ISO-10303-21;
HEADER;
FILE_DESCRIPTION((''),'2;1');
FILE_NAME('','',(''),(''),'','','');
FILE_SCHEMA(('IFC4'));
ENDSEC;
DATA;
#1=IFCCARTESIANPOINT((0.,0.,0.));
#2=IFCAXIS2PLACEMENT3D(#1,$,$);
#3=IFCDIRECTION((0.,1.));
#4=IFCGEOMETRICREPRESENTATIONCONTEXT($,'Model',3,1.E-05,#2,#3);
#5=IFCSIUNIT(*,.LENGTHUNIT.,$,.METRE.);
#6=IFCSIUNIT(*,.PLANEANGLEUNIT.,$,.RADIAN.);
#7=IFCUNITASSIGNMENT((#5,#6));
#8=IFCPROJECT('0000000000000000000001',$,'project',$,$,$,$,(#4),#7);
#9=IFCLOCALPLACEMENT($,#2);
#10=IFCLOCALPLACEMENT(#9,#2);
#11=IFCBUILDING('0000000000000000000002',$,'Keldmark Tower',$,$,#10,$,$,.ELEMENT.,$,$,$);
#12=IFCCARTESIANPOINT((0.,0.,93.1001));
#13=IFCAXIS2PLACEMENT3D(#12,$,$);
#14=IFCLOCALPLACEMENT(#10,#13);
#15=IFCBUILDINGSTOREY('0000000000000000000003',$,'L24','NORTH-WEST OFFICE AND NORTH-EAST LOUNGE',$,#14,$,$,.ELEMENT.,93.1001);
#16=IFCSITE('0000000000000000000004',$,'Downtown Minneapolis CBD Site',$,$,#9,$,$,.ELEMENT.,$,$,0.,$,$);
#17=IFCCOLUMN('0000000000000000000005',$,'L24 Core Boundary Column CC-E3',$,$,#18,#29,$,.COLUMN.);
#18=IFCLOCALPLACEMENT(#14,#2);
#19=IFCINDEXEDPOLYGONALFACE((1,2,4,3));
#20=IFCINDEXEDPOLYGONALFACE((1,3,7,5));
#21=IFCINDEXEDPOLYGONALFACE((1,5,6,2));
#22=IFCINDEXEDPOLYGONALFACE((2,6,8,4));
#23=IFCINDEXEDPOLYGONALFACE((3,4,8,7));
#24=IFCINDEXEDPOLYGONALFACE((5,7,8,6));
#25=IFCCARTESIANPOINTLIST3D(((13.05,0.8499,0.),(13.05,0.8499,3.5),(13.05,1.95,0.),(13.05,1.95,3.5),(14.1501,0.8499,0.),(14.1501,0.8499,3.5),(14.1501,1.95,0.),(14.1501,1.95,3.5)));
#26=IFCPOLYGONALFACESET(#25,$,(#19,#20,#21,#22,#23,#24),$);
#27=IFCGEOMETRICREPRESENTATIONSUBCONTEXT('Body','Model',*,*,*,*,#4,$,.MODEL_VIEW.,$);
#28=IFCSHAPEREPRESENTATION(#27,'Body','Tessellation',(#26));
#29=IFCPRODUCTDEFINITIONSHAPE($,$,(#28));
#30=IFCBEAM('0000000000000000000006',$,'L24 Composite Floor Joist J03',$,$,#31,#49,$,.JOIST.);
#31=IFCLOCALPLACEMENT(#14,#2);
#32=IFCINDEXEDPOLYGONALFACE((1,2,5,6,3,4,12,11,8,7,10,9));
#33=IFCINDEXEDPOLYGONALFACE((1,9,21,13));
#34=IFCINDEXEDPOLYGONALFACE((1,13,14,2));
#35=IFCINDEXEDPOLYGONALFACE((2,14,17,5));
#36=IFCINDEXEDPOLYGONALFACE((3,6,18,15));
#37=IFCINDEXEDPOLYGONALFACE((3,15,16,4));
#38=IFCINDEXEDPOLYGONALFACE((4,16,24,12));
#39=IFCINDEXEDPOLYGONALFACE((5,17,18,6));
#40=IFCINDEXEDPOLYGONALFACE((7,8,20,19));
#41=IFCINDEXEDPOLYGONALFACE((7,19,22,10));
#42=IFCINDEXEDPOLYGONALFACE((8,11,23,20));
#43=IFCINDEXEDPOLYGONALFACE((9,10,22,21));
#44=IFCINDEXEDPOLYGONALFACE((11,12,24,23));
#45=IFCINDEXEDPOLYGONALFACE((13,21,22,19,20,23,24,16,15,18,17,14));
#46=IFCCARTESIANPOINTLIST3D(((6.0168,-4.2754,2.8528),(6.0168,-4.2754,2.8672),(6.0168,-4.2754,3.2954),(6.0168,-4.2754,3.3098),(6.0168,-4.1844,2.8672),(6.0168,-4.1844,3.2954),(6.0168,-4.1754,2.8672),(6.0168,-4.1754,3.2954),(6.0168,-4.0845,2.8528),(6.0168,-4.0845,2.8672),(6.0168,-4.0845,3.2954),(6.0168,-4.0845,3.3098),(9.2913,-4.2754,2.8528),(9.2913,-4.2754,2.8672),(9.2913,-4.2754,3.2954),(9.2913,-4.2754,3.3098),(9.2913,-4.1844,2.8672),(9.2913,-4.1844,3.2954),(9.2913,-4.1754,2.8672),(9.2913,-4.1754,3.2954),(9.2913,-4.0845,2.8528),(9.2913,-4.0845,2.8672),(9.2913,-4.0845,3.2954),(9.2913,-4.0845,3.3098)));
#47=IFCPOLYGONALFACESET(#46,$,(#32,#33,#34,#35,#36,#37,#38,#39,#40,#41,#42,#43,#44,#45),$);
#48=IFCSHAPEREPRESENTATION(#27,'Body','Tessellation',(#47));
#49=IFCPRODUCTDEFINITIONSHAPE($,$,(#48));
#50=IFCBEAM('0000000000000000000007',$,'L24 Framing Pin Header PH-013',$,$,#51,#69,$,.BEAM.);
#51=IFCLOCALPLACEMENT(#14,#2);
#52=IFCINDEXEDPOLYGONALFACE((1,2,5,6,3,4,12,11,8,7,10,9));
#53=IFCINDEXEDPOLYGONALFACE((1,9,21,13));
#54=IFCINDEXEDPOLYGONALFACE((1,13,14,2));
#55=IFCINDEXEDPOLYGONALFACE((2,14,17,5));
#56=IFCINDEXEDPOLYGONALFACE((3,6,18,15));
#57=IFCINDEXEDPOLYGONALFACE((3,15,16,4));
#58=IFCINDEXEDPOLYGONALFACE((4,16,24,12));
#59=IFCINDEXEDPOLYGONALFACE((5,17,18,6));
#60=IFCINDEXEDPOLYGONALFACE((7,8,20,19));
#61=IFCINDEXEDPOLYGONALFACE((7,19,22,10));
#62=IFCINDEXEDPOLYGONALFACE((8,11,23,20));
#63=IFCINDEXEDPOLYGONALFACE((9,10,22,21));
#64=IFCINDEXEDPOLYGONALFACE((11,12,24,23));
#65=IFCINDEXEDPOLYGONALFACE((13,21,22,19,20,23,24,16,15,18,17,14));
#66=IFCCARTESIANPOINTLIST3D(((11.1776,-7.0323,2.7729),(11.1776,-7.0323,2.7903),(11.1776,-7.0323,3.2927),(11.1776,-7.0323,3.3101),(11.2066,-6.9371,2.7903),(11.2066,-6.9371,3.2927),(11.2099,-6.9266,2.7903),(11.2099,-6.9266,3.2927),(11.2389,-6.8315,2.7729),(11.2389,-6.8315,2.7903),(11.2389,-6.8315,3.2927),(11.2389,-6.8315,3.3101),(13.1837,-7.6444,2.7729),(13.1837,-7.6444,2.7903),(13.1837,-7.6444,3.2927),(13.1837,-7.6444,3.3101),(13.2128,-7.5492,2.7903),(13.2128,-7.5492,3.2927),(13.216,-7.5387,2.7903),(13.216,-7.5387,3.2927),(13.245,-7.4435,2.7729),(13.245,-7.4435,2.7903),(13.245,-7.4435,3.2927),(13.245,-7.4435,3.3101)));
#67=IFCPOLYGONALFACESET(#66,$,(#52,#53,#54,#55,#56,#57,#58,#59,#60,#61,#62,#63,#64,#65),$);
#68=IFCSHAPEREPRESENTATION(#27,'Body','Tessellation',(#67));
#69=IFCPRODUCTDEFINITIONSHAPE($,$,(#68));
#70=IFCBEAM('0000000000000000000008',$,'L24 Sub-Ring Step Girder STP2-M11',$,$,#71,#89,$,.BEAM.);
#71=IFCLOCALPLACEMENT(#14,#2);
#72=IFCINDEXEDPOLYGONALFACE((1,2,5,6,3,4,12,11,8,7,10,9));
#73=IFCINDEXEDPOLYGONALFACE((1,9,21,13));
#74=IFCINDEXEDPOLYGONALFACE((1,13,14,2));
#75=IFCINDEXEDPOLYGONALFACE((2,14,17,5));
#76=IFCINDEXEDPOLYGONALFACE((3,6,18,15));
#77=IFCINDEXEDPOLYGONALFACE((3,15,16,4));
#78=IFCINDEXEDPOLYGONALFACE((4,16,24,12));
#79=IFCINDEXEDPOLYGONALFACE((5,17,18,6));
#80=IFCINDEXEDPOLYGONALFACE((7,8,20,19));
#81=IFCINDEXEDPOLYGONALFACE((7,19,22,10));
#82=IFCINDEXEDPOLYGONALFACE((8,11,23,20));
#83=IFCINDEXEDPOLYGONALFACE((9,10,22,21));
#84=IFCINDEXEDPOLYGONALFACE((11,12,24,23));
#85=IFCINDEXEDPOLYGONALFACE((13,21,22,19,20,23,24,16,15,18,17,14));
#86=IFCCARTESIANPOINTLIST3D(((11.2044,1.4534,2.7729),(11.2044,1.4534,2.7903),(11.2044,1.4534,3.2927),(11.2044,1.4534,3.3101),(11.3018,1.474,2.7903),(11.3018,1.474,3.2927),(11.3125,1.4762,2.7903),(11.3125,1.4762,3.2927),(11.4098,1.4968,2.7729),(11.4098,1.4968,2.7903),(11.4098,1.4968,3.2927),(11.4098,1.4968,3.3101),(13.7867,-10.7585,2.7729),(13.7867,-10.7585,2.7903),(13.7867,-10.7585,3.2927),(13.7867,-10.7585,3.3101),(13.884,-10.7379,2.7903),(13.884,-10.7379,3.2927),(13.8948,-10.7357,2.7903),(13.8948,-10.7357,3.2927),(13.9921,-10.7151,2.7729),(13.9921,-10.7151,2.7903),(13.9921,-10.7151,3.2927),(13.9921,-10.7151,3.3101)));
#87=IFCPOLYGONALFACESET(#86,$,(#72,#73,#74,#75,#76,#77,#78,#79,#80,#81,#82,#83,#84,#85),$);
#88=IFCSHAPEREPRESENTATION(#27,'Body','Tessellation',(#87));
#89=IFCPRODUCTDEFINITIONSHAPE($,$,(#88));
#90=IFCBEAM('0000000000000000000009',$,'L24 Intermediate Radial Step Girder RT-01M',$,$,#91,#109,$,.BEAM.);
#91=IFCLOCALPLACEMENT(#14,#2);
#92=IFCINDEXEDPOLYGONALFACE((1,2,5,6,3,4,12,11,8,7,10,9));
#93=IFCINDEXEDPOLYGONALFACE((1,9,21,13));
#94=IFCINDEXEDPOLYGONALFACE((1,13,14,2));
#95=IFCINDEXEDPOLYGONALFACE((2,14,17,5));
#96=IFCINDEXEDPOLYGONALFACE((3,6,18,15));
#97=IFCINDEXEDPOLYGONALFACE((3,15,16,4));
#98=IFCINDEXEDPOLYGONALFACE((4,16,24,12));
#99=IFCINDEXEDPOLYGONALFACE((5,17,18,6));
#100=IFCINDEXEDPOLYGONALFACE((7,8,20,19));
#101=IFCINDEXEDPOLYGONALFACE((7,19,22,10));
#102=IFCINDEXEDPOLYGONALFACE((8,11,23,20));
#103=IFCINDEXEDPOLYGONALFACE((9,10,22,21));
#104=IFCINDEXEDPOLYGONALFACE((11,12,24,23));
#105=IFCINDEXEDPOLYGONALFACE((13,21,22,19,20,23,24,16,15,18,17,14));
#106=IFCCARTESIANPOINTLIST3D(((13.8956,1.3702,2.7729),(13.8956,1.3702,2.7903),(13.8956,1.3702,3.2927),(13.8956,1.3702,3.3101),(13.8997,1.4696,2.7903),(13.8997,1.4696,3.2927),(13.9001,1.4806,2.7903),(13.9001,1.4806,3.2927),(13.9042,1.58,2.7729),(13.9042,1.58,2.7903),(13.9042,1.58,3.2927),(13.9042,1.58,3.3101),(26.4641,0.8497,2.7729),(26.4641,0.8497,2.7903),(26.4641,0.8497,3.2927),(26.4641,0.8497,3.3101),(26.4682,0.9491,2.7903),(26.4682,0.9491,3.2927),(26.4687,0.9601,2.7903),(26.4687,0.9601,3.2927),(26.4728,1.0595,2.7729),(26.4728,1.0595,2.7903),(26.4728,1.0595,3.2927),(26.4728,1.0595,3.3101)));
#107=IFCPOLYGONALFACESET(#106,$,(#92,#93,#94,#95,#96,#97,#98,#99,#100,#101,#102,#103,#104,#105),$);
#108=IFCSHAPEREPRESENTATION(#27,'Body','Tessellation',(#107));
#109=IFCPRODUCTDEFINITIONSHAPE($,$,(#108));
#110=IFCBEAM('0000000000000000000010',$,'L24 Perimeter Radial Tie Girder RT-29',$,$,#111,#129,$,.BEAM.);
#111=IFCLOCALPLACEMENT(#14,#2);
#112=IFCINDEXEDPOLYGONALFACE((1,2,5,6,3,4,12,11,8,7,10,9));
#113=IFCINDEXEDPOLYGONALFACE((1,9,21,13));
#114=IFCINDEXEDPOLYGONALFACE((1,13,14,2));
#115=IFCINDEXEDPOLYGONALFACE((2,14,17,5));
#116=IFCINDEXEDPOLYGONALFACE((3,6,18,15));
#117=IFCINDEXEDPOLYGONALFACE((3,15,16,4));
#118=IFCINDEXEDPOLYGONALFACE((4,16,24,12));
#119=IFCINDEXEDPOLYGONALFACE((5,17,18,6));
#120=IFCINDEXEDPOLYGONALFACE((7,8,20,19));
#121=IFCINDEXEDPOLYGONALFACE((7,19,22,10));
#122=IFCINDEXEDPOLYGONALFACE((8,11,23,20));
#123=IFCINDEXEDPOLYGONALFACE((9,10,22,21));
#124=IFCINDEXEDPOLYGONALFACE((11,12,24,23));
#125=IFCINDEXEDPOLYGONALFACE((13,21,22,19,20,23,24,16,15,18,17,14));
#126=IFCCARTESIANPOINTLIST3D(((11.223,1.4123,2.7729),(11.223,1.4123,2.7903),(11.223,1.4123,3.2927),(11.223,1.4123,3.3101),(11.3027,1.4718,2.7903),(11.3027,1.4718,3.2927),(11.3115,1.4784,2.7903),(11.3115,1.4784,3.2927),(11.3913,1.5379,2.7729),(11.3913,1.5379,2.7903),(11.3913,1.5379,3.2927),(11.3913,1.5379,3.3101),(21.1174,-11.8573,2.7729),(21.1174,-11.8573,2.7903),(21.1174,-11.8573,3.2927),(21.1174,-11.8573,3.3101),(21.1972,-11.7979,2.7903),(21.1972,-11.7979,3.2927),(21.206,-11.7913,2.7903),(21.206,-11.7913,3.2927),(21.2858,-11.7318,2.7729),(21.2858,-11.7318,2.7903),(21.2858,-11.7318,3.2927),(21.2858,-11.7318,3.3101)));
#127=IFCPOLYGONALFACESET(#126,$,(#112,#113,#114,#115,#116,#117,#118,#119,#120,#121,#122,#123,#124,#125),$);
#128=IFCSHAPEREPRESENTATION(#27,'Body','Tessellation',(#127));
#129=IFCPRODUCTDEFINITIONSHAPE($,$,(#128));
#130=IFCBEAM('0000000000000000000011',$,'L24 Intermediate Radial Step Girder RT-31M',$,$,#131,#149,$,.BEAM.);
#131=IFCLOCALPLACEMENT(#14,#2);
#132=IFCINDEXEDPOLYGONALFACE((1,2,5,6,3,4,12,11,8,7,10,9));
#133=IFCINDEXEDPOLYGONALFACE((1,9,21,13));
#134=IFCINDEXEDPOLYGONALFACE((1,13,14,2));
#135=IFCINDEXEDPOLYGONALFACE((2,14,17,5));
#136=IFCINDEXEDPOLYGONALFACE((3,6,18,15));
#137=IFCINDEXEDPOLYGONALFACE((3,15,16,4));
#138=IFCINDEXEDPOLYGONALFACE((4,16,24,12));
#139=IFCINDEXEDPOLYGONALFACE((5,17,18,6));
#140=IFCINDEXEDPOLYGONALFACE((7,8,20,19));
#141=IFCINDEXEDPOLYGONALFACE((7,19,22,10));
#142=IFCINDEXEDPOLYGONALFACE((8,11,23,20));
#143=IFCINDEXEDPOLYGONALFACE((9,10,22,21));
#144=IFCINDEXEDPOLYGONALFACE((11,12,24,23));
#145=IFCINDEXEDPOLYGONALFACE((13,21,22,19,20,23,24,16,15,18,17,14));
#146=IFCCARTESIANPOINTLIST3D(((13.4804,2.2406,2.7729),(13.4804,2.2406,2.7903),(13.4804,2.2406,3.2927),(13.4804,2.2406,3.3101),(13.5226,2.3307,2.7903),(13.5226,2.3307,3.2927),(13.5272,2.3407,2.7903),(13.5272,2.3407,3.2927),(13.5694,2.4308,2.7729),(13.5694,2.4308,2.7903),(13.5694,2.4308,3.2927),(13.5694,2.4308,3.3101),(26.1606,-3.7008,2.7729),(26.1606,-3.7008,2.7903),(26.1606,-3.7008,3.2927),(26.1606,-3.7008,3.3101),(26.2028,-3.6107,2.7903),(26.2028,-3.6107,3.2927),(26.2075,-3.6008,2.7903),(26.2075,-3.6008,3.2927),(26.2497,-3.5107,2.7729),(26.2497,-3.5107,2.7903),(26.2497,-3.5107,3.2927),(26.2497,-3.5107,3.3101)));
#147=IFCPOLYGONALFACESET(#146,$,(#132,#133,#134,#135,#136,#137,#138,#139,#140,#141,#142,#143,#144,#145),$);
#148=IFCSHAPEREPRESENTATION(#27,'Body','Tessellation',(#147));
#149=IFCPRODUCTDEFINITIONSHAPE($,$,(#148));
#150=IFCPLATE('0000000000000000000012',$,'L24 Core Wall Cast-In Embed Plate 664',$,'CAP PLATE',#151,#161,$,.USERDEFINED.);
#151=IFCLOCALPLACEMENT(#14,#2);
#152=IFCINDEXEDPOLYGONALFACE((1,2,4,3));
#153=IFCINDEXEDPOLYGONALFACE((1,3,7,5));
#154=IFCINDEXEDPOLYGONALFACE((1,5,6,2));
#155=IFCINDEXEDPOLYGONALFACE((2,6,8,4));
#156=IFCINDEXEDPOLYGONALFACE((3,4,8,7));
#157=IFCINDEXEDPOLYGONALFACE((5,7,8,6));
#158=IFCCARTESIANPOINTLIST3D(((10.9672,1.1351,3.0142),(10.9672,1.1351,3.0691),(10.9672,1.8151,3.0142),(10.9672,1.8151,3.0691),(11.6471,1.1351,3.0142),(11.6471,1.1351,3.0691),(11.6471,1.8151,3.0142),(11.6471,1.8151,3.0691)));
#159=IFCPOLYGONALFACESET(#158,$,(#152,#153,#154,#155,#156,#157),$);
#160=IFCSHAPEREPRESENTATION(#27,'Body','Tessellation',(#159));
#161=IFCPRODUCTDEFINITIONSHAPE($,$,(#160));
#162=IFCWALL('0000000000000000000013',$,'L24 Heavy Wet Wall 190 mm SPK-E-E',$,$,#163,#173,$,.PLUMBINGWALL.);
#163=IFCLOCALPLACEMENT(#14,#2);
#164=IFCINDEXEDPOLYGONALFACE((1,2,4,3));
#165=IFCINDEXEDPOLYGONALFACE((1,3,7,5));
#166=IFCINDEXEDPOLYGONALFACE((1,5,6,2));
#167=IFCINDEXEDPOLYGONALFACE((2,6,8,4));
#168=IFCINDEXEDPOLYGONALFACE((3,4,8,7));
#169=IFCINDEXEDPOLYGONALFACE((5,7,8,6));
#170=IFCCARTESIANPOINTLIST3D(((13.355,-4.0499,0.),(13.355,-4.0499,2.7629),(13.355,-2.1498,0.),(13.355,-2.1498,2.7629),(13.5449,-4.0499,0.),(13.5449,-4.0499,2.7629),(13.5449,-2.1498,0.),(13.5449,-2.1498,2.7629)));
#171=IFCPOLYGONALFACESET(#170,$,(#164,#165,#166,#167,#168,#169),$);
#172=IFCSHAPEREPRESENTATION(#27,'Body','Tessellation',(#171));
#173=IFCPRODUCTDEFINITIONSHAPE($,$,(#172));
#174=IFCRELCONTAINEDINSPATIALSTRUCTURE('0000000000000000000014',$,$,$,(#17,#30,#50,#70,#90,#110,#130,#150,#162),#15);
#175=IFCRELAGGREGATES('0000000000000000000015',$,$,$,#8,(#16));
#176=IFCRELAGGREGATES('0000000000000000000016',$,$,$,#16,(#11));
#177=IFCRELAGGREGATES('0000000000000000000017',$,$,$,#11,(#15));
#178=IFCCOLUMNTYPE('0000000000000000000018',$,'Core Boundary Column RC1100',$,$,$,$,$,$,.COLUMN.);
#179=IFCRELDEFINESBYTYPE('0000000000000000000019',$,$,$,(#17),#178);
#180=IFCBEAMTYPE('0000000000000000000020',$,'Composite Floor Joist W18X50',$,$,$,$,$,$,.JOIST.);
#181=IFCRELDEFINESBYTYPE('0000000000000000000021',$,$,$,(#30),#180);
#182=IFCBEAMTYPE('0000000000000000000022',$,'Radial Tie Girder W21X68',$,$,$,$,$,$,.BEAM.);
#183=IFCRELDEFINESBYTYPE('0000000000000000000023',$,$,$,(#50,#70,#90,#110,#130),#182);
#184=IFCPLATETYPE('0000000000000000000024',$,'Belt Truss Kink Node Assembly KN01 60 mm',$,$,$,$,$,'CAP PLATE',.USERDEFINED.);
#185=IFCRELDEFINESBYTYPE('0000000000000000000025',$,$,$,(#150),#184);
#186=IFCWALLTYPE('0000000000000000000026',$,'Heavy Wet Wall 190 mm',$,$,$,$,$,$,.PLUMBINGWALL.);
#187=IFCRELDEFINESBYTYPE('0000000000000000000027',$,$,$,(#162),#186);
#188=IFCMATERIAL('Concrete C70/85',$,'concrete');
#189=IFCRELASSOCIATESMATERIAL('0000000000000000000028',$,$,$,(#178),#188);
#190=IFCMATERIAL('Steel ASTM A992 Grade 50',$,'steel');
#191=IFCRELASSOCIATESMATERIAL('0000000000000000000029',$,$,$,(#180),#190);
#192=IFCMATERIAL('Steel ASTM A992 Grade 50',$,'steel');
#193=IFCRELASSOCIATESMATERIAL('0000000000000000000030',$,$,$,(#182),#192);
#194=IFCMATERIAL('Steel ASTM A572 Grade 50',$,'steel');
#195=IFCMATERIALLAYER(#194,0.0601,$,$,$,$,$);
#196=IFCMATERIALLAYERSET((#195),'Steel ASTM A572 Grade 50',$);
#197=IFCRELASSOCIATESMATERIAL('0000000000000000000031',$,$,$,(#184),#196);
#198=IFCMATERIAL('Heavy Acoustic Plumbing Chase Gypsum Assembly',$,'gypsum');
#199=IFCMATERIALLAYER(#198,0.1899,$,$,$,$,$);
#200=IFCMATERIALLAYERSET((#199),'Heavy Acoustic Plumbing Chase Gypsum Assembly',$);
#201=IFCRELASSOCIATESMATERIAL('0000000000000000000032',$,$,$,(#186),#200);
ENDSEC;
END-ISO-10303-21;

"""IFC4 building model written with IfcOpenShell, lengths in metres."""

from ifc_helpers import new_model, si_unit, direction, frame, frame_2d, origin, origin_2d, place, context, subcontext, project, spatial, rectangle, i_section, extrude, material, layer, layer_set, material_profile, profile_set, type_object, element, save


model = new_model("IFC4")

# Units and contexts
model_context = context("Model", 3, precision=1e-05, world=origin(), true_north=direction((0.0, 1.0)))
body_context = subcontext(model_context, "Body", "Model", "MODEL_VIEW")
ifc_project = project(units=[si_unit("LENGTHUNIT", "METRE"), si_unit("PLANEANGLEUNIT", "RADIAN")], contexts=[model_context])

# Site, building, storey
site_placement = place(None, origin())
site = spatial("IfcSite", under=ifc_project, at=site_placement, Name="Downtown Minneapolis CBD Site", CompositionType="ELEMENT", RefElevation=0.0)
building_placement = place(site_placement, origin())
building = spatial("IfcBuilding", under=site, at=building_placement, Name="Keldmark Tower", CompositionType="ELEMENT")
storey_placement = place(building_placement, frame((0.0, 0.0, 93.1001)))
storey = spatial("IfcBuildingStorey", under=building, at=storey_placement, Name="L24", Description="NORTH-WEST OFFICE AND NORTH-EAST LOUNGE", CompositionType="ELEMENT", Elevation=93.1001)

# Column
ifc_material_1 = material(Name="Concrete C70/85", Category="concrete")
ifc_material_profile_1 = material_profile(ifc_material_1, rectangle(XDim=1.1001, YDim=1.1001, at=origin_2d()), Name="RC1100X1100")
ifc_profile_set_1 = profile_set([ifc_material_profile_1], Name="Concrete C70/85")
column_type = type_object("IfcColumnType", Name="Core Boundary Column RC1100", PredefinedType="COLUMN", material=ifc_profile_set_1)
column_placement = place(storey_placement, frame((13.6001, 1.3999, 0.0), z_axis=(0.0, 0.0, 1.0), x_axis=(1.0, 0.0, 0.0)))
element("IfcColumn", 1, at=column_placement, inside=storey, type_object=column_type, Name="L24 Core Boundary Column CC-E3", PredefinedType="COLUMN", context=body_context, shape_type="SweptSolid", body=[
    extrude(rectangle(XDim=1.1001, YDim=1.1001, at=origin_2d()), origin(), (0.0, 0.0, 1.0), 3.5),
])

# Beams
ifc_material_2 = material(Name="Steel ASTM A992 Grade 50", Category="steel")
ifc_material_profile_2 = material_profile(ifc_material_2, i_section(OverallWidth=0.1909, OverallDepth=0.457, WebThickness=0.009, FlangeThickness=0.0144, at=origin_2d()), Name="W18X50")
ifc_profile_set_2 = profile_set([ifc_material_profile_2], Name="Steel ASTM A992 Grade 50")
beam_type_1 = type_object("IfcBeamType", Name="Composite Floor Joist W18X50", PredefinedType="JOIST", material=ifc_profile_set_2)
beam_1_placement = place(storey_placement, frame((6.0168, -4.1799, 3.0813), z_axis=(1.0, 0.0, 0.0), x_axis=(0.0, 1.0, 0.0)))
element("IfcBeam", 2, at=beam_1_placement, inside=storey, type_object=beam_type_1, Name="L24 Composite Floor Joist J03", PredefinedType="JOIST", context=body_context, shape_type="SweptSolid", body=[
    extrude(i_section(OverallWidth=0.1909, OverallDepth=0.457, WebThickness=0.009, FlangeThickness=0.0144, at=origin_2d()), origin(), (0.0, 0.0, 1.0), 3.2744),
])
ifc_material_3 = material(Name="Steel ASTM A992 Grade 50", Category="steel")
ifc_material_profile_3 = material_profile(ifc_material_3, i_section(OverallWidth=0.21, OverallDepth=0.5371, WebThickness=0.011, FlangeThickness=0.0173, at=origin_2d()), Name="W21X68")
ifc_profile_set_3 = profile_set([ifc_material_profile_3], Name="Steel ASTM A992 Grade 50")
beam_type_2 = type_object("IfcBeamType", Name="Radial Tie Girder W21X68", PredefinedType="BEAM", material=ifc_profile_set_3)
beam_2_placement = place(storey_placement, frame((11.2083, -6.9319, 3.0415), z_axis=(0.956473, -0.291819, 0.0), x_axis=(0.291819, 0.956473, 0.0)))
element("IfcBeam", 3, at=beam_2_placement, inside=storey, type_object=beam_type_2, Name="L24 Framing Pin Header PH-013", PredefinedType="BEAM", context=body_context, shape_type="SweptSolid", body=[
    extrude(i_section(OverallWidth=0.21, OverallDepth=0.5371, WebThickness=0.011, FlangeThickness=0.0173, at=origin_2d()), origin(), (0.0, 0.0, 1.0), 2.0974),
])
beam_3_placement = place(storey_placement, frame((11.3071, 1.4751, 3.0415), z_axis=(0.206881, -0.978366, 0.0), x_axis=(0.978366, 0.206881, 0.0)))
element("IfcBeam", 4, at=beam_3_placement, inside=storey, type_object=beam_type_2, Name="L24 Sub-Ring Step Girder STP2-M11", PredefinedType="BEAM", context=body_context, shape_type="SweptSolid", body=[
    extrude(i_section(OverallWidth=0.21, OverallDepth=0.5371, WebThickness=0.011, FlangeThickness=0.0173, at=origin_2d()), origin(), (0.0, 0.0, 1.0), 12.4819),
])
beam_4_placement = place(storey_placement, frame((13.8999, 1.4751, 3.0415), z_axis=(0.999144, -0.041378, 0.0), x_axis=(0.041378, 0.999144, 0.0)))
element("IfcBeam", 5, at=beam_4_placement, inside=storey, type_object=beam_type_2, Name="L24 Intermediate Radial Step Girder RT-01M", PredefinedType="BEAM", context=body_context, shape_type="SweptSolid", body=[
    extrude(i_section(OverallWidth=0.21, OverallDepth=0.5371, WebThickness=0.011, FlangeThickness=0.0173, at=origin_2d()), origin(), (0.0, 0.0, 1.0), 12.5793),
])
beam_5_placement = place(storey_placement, frame((11.3071, 1.4751, 3.0415), z_axis=(0.597763, -0.801673, 0.0), x_axis=(0.801673, 0.597763, 0.0)))
element("IfcBeam", 6, at=beam_5_placement, inside=storey, type_object=beam_type_2, Name="L24 Perimeter Radial Tie Girder RT-29", PredefinedType="BEAM", context=body_context, shape_type="SweptSolid", body=[
    extrude(i_section(OverallWidth=0.21, OverallDepth=0.5371, WebThickness=0.011, FlangeThickness=0.0173, at=origin_2d()), origin(), (0.0, 0.0, 1.0), 16.5525),
])
beam_6_placement = place(storey_placement, frame((13.5249, 2.3357, 3.0415), z_axis=(0.905526, -0.424292, 0.0), x_axis=(0.424292, 0.905526, 0.0)))
element("IfcBeam", 7, at=beam_6_placement, inside=storey, type_object=beam_type_2, Name="L24 Intermediate Radial Step Girder RT-31M", PredefinedType="BEAM", context=body_context, shape_type="SweptSolid", body=[
    extrude(i_section(OverallWidth=0.21, OverallDepth=0.5371, WebThickness=0.011, FlangeThickness=0.0173, at=origin_2d()), origin(), (0.0, 0.0, 1.0), 14.0032),
])

# Plate
ifc_material_4 = material(Name="Steel ASTM A572 Grade 50", Category="steel")
ifc_layer_1 = layer(ifc_material_4, 0.0601)
ifc_layer_set_1 = layer_set([ifc_layer_1], Name="Steel ASTM A572 Grade 50")
plate_type = type_object("IfcPlateType", Name="Belt Truss Kink Node Assembly KN01 60 mm", ElementType="CAP PLATE", PredefinedType="USERDEFINED", material=ifc_layer_set_1)
plate_placement = place(storey_placement, frame((11.3071, 1.4751, 3.0142), z_axis=(0.0, 0.0, 1.0), x_axis=(1.0, 0.0, 0.0)))
element("IfcPlate", 8, at=plate_placement, inside=storey, type_object=plate_type, Name="L24 Core Wall Cast-In Embed Plate 664", ObjectType="CAP PLATE", PredefinedType="USERDEFINED", context=body_context, shape_type="SweptSolid", body=[
    extrude(rectangle(XDim=0.6799, YDim=0.6799, at=origin_2d()), origin(), (0.0, 0.0, 1.0), 0.0549),
])

# Wall
ifc_material_5 = material(Name="Heavy Acoustic Plumbing Chase Gypsum Assembly", Category="gypsum")
ifc_layer_2 = layer(ifc_material_5, 0.1899)
ifc_layer_set_2 = layer_set([ifc_layer_2], Name="Heavy Acoustic Plumbing Chase Gypsum Assembly")
wall_type_1 = type_object("IfcWallType", Name="Heavy Wet Wall 190 mm", PredefinedType="PLUMBINGWALL", material=ifc_layer_set_2)
wall_1_placement = place(storey_placement, frame((13.45, -4.05, 0.0), z_axis=(0.0, 0.0, 1.0), x_axis=(0.0, 1.0, 0.0)))
element("IfcWall", 9, at=wall_1_placement, inside=storey, type_object=wall_type_1, Name="L24 Heavy Wet Wall 190 mm SPK-E-E", PredefinedType="PLUMBINGWALL", context=body_context, shape_type="SweptSolid", body=[
    extrude(rectangle(XDim=1.9001, YDim=0.1899, at=frame_2d((0.9502, 0.0))), origin(), (0.0, 0.0, 1.0), 2.7629),
])

save(model, "model.ifc")
